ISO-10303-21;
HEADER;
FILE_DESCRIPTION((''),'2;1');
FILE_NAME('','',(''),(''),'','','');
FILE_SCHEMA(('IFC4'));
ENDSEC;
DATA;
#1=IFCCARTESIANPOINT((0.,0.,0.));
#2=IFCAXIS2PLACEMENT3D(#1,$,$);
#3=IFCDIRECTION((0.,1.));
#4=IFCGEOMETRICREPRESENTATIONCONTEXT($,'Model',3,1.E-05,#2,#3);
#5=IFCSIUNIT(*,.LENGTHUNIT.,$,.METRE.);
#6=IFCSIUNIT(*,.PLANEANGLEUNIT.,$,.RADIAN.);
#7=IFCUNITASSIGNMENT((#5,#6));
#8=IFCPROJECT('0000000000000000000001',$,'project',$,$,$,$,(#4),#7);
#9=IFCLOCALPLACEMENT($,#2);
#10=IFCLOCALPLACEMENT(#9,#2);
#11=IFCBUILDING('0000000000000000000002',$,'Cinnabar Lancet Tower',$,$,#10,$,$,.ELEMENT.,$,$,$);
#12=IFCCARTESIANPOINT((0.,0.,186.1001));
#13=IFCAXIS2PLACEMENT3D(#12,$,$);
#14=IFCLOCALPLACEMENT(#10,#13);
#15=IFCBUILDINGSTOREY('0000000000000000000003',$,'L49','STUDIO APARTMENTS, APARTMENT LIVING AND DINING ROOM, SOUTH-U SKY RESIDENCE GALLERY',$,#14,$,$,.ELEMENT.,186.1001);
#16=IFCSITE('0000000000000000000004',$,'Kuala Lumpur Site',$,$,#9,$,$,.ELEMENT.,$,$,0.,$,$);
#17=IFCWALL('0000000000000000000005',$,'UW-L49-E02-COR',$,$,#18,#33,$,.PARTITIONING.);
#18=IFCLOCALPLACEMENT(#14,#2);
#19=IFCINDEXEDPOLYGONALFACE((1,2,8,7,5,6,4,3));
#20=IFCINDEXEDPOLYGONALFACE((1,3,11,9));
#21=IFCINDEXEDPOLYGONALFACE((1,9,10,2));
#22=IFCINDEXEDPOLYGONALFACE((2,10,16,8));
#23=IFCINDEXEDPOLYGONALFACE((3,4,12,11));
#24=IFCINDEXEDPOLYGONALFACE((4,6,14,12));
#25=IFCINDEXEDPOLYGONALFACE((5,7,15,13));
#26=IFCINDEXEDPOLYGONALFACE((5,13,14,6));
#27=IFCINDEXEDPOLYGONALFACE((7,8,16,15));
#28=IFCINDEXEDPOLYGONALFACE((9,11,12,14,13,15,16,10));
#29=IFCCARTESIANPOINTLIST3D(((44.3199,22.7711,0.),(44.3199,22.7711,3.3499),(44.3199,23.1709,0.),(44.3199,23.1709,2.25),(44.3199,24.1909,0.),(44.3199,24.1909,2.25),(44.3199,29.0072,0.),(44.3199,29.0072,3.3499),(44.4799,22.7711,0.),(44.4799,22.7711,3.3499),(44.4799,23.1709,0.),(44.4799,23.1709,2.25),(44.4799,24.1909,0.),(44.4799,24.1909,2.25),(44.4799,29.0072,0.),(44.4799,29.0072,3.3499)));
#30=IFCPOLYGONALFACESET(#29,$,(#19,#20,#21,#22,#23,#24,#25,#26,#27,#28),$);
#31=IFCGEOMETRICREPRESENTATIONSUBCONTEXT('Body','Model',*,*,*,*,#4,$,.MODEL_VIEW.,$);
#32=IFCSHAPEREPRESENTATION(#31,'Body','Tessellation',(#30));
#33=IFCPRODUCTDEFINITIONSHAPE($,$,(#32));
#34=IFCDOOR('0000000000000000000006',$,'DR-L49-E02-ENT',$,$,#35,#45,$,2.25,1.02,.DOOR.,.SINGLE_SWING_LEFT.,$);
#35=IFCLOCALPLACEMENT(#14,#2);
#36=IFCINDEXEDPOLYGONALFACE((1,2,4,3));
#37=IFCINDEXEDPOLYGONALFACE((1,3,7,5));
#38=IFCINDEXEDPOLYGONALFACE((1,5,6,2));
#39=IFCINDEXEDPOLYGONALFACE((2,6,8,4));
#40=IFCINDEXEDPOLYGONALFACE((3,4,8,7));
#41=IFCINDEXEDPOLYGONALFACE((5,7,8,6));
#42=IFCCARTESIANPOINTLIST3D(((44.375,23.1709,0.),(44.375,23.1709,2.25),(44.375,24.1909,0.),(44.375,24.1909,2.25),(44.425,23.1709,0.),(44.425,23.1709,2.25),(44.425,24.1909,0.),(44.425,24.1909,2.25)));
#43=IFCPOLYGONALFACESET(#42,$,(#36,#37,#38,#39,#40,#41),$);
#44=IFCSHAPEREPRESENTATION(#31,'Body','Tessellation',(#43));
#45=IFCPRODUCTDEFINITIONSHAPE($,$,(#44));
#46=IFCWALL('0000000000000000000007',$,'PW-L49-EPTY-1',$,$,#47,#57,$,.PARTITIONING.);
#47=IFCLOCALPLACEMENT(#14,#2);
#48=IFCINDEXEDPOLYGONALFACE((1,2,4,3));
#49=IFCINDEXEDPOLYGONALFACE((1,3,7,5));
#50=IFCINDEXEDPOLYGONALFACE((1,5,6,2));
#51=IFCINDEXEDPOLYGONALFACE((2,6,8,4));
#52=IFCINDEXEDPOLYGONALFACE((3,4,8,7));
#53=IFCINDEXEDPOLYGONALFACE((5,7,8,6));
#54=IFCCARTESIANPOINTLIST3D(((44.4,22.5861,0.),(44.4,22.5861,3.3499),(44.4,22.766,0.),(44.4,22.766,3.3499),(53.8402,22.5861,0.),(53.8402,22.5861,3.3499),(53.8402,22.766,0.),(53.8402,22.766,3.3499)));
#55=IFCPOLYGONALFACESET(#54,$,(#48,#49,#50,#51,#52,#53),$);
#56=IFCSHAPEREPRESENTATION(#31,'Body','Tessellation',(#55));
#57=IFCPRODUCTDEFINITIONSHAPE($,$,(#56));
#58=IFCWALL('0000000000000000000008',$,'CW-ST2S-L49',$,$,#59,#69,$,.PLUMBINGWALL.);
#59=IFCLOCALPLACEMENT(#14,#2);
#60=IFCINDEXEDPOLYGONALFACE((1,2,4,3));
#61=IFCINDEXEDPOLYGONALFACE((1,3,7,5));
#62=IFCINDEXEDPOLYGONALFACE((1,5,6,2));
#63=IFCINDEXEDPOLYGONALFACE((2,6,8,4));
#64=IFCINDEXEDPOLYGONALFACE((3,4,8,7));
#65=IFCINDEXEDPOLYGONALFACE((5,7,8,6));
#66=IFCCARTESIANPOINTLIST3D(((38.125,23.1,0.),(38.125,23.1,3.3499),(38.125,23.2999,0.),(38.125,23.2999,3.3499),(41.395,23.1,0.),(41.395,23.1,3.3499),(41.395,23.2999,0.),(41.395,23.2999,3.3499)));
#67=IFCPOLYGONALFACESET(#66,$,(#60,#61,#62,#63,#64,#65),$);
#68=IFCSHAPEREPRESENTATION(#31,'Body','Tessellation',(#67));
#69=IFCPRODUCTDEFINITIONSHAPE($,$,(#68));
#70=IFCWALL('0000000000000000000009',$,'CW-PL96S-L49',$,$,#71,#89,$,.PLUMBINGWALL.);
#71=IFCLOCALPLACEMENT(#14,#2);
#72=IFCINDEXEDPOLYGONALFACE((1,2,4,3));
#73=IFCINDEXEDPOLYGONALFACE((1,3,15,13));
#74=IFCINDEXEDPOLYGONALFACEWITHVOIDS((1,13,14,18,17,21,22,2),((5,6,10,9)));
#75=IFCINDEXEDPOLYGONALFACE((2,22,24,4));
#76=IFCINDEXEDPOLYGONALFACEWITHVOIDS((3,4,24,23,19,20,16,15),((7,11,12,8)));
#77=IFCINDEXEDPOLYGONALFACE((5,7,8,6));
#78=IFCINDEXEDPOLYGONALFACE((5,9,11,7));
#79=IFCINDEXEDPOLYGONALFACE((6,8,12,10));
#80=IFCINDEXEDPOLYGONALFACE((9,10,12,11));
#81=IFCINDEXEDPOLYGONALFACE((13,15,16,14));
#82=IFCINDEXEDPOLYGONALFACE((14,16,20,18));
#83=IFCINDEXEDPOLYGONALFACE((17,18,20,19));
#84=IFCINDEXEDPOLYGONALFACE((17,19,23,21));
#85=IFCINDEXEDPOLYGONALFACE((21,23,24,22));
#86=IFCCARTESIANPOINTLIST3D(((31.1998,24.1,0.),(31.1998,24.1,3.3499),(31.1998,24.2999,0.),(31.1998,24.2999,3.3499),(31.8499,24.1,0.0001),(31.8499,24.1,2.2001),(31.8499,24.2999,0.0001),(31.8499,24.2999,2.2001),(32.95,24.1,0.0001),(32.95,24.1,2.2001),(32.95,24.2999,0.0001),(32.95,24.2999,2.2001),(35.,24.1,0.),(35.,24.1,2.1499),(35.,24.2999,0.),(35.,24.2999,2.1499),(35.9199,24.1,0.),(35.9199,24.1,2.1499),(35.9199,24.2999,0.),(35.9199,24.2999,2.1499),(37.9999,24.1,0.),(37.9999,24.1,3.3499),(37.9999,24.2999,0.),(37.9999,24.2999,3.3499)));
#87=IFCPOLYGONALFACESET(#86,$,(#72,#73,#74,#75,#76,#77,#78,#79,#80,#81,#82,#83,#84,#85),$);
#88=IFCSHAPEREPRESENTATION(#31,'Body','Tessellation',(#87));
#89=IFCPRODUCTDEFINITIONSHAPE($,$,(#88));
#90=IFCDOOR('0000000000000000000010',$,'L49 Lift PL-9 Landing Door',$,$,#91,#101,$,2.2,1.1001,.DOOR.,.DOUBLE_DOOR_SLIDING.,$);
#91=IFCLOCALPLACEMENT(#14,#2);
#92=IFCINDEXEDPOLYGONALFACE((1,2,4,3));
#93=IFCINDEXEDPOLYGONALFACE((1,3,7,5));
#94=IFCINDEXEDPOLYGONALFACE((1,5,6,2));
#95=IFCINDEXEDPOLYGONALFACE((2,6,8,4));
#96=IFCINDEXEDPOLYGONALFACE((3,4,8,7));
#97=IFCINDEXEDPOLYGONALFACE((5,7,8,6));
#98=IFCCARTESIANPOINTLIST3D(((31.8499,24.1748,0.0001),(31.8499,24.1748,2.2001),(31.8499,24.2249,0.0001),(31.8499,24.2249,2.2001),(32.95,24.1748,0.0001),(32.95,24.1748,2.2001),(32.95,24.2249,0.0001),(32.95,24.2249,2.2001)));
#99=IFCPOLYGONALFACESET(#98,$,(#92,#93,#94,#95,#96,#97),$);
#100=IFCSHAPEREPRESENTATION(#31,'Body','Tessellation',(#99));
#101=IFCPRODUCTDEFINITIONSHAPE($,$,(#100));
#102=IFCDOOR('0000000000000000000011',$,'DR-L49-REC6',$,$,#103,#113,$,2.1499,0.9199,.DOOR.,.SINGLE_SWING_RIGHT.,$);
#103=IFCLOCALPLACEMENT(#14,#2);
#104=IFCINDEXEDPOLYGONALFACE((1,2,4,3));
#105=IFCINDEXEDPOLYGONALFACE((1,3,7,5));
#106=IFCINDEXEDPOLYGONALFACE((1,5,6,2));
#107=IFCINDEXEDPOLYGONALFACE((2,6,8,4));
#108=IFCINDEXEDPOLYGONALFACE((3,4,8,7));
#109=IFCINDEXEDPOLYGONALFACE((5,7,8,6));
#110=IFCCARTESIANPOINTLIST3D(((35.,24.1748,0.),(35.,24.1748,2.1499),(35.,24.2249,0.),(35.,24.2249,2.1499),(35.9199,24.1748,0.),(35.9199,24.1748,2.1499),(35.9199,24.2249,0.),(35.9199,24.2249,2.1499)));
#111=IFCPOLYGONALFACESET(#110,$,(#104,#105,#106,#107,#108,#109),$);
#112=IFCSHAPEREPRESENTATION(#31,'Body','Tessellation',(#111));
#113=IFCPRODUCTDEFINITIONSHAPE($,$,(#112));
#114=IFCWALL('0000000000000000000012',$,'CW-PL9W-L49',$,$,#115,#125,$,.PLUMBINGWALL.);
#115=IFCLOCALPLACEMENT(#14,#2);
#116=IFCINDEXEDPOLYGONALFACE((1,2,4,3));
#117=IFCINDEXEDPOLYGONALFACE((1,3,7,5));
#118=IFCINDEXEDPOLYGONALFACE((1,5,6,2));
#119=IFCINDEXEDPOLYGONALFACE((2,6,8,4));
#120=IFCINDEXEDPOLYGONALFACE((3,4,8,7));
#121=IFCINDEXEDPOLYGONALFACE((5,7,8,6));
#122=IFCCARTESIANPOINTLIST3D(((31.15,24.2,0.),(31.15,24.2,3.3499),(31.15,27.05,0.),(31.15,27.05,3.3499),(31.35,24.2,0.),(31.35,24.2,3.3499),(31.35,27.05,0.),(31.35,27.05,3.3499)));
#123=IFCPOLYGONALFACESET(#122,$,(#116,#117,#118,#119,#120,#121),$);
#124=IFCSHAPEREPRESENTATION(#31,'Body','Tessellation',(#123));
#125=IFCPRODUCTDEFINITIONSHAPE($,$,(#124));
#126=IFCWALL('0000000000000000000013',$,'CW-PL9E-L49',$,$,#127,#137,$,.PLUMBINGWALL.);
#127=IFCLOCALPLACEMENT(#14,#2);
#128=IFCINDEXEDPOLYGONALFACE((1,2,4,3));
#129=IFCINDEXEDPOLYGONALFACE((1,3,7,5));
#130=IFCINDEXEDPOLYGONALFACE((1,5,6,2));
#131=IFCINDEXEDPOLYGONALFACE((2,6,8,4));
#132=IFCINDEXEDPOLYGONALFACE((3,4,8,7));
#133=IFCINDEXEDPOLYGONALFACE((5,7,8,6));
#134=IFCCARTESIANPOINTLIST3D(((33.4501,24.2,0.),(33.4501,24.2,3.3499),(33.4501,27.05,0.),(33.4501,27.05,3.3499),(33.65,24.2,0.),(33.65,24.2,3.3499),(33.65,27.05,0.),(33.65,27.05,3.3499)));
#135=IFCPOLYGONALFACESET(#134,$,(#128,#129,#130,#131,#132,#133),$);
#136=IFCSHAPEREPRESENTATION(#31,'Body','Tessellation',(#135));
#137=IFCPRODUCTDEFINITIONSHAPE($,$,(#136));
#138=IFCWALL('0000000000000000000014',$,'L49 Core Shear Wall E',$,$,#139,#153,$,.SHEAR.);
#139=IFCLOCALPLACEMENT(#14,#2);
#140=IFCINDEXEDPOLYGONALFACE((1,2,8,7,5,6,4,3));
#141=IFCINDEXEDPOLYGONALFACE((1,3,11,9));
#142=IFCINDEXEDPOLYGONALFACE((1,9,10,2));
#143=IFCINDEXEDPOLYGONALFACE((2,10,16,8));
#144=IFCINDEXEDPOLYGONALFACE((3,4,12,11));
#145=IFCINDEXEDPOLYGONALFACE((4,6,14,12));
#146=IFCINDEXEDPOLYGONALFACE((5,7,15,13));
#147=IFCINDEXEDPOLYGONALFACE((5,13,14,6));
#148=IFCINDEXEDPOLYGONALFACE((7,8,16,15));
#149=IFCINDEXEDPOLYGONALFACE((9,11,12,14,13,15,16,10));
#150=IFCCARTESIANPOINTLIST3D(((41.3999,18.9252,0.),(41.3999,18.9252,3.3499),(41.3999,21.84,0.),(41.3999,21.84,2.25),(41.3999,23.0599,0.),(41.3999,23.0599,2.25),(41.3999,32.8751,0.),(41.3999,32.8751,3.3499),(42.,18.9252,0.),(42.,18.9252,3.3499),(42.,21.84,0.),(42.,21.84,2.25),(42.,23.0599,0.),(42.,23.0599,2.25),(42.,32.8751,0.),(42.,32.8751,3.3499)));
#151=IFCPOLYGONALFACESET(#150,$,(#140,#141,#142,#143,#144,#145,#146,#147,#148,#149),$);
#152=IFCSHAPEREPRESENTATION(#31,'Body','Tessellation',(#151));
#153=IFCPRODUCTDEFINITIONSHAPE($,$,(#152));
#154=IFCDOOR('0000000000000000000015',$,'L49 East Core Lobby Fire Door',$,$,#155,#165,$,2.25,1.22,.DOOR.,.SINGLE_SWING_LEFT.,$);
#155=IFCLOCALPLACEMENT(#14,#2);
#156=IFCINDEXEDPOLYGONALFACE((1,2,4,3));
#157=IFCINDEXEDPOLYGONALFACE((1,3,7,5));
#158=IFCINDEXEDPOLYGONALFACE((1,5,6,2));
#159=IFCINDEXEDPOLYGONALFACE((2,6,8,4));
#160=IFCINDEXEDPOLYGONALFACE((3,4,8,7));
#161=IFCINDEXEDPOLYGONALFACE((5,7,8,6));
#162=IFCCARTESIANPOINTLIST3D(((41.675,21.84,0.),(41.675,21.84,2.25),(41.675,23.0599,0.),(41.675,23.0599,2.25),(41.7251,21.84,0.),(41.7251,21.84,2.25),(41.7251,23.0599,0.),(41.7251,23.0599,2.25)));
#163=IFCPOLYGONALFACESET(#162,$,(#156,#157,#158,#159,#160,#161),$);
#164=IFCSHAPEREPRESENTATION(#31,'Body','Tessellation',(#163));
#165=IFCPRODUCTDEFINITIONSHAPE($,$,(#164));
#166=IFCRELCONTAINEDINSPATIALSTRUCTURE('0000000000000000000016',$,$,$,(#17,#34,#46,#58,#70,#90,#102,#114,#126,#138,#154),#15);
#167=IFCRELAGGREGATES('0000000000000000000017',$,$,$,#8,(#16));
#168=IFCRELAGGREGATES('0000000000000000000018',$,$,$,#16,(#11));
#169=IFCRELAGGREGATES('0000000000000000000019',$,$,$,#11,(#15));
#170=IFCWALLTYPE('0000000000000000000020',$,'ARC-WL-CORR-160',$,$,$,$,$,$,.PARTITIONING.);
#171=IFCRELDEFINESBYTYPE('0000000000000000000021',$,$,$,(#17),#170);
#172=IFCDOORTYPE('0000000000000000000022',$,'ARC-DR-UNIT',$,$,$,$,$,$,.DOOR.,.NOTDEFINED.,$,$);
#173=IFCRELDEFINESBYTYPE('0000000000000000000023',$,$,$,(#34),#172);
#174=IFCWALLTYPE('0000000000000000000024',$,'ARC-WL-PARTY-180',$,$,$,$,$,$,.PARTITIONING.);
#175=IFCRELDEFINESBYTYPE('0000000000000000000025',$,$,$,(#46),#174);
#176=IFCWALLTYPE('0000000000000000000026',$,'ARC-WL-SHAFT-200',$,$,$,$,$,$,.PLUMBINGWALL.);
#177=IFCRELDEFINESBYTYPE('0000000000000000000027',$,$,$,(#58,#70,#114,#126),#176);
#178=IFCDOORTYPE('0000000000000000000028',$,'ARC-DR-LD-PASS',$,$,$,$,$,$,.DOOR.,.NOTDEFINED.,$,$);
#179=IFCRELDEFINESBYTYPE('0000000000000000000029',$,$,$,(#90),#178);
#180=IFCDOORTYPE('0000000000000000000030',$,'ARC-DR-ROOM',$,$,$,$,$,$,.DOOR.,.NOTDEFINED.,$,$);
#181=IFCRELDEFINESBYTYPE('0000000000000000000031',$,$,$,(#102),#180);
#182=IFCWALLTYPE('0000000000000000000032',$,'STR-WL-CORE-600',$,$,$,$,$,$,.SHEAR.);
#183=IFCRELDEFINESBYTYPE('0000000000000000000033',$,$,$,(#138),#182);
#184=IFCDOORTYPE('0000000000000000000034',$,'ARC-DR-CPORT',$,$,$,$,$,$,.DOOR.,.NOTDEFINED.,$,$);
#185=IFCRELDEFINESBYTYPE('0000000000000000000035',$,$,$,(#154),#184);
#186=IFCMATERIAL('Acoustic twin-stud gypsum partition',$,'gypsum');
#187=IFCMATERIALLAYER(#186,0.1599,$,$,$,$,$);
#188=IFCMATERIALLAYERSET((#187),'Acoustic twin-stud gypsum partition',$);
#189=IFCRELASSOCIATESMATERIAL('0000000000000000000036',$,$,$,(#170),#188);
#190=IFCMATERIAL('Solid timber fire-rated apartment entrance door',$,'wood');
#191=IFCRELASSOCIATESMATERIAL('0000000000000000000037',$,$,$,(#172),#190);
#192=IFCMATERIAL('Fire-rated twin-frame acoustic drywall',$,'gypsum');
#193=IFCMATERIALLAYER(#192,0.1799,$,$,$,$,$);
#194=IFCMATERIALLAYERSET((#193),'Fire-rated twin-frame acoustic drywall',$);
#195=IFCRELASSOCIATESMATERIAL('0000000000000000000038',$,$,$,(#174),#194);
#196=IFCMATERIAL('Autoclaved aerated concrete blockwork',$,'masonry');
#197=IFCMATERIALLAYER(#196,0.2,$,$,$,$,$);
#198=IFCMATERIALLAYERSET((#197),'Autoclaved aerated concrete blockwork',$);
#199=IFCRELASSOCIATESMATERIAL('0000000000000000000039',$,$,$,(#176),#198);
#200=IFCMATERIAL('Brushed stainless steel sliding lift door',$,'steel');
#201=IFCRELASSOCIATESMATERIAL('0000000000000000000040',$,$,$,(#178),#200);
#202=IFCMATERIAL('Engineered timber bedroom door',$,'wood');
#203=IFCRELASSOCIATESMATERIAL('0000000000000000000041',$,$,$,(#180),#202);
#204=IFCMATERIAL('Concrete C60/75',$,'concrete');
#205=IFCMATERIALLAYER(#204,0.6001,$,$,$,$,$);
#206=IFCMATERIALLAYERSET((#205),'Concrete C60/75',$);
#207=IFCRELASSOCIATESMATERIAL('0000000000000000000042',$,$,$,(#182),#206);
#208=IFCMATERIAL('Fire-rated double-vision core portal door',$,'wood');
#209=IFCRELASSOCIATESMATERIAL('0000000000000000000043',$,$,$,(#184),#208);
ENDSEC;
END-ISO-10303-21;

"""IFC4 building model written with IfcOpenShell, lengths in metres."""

from ifc_helpers import new_model, si_unit, direction, frame, frame_2d, origin, place, context, subcontext, project, spatial, rectangle, extrude, material, layer, layer_set, type_object, element, fill, save


model = new_model("IFC4")

# Units and contexts
model_context = context("Model", 3, precision=1e-05, world=origin(), true_north=direction((0.0, 1.0)))
body_context = subcontext(model_context, "Body", "Model", "MODEL_VIEW")
ifc_project = project(units=[si_unit("LENGTHUNIT", "METRE"), si_unit("PLANEANGLEUNIT", "RADIAN")], contexts=[model_context])

# Site, building, storey
site_placement = place(None, origin())
site = spatial("IfcSite", under=ifc_project, at=site_placement, Name="Kuala Lumpur Site", CompositionType="ELEMENT", RefElevation=0.0)
building_placement = place(site_placement, origin())
building = spatial("IfcBuilding", under=site, at=building_placement, Name="Cinnabar Lancet Tower", CompositionType="ELEMENT")
storey_placement = place(building_placement, frame((0.0, 0.0, 186.1001)))
storey = spatial("IfcBuildingStorey", under=building, at=storey_placement, Name="L49", Description="STUDIO APARTMENTS, APARTMENT LIVING AND DINING ROOM, SOUTH-U SKY RESIDENCE GALLERY", CompositionType="ELEMENT", Elevation=186.1001)

# Shared definitions
ifc_material_1 = material(Name="Acoustic twin-stud gypsum partition", Category="gypsum")
ifc_layer_1 = layer(ifc_material_1, 0.1599)
ifc_layer_set_1 = layer_set([ifc_layer_1], Name="Acoustic twin-stud gypsum partition")
wall_type_1 = type_object("IfcWallType", Name="ARC-WL-CORR-160", PredefinedType="PARTITIONING", material=ifc_layer_set_1)

# Wall, opening, door
ifc_material_2 = material(Name="Solid timber fire-rated apartment entrance door", Category="wood")
door_type_1 = type_object("IfcDoorType", Name="ARC-DR-UNIT", OperationType="NOTDEFINED", PredefinedType="DOOR", material=ifc_material_2)
wall_1_placement = place(storey_placement, frame((44.3999, 22.771, 0.0), z_axis=(0.0, 0.0, 1.0), x_axis=(0.0, 1.0, 0.0)))
wall_1 = element("IfcWall", 1, at=wall_1_placement, inside=storey, type_object=wall_type_1, Name="UW-L49-E02-COR", PredefinedType="PARTITIONING", context=body_context, shape_type="SweptSolid", body=[
    extrude(rectangle(XDim=6.2361, YDim=0.1599, at=frame_2d((3.1182, 0.0))), origin(), (0.0, 0.0, 1.0), 3.3499),
])
opening_1_placement = place(wall_1_placement, frame((0.3999, 0.0, 0.0)))
opening_1 = element("IfcOpeningElement", 2, at=opening_1_placement, cuts=wall_1, PredefinedType="OPENING", context=body_context, shape_type="SweptSolid", body=[
    extrude(rectangle(XDim=1.02, YDim=2.25, at=frame_2d((0.51, 1.125))), frame((0.0, 0.0898, 0.0), z_axis=(0.0, -1.0, 0.0), x_axis=(1.0, 0.0, 0.0)), (0.0, 0.0, 1.0), 0.1799),
])
door_1_placement = place(opening_1_placement, origin())
door_1 = element("IfcDoor", 3, at=door_1_placement, inside=storey, type_object=door_type_1, Name="DR-L49-E02-ENT", OperationType="SINGLE_SWING_LEFT", OverallHeight=2.25, OverallWidth=1.02, PredefinedType="DOOR", context=body_context, shape_type="SweptSolid", body=[
    extrude(rectangle(XDim=1.02, YDim=2.25, at=frame_2d((0.51, 1.125))), frame((0.0, 0.0249, 0.0), z_axis=(0.0, -1.0, 0.0), x_axis=(1.0, 0.0, 0.0)), (0.0, 0.0, 1.0), 0.05),
])
fill(opening_1, door_1)

# Walls
ifc_material_3 = material(Name="Fire-rated twin-frame acoustic drywall", Category="gypsum")
ifc_layer_2 = layer(ifc_material_3, 0.1799)
ifc_layer_set_2 = layer_set([ifc_layer_2], Name="Fire-rated twin-frame acoustic drywall")
wall_type_2 = type_object("IfcWallType", Name="ARC-WL-PARTY-180", PredefinedType="PARTITIONING", material=ifc_layer_set_2)
wall_2_placement = place(storey_placement, frame((44.3999, 22.676, 0.0), z_axis=(0.0, 0.0, 1.0), x_axis=(1.0, 0.0, 0.0)))
element("IfcWall", 4, at=wall_2_placement, inside=storey, type_object=wall_type_2, Name="PW-L49-EPTY-1", PredefinedType="PARTITIONING", context=body_context, shape_type="SweptSolid", body=[
    extrude(rectangle(XDim=9.4402, YDim=0.1799, at=frame_2d((4.7202, 0.0))), origin(), (0.0, 0.0, 1.0), 3.3499),
])
ifc_material_4 = material(Name="Autoclaved aerated concrete blockwork", Category="masonry")
ifc_layer_3 = layer(ifc_material_4, 0.2)
ifc_layer_set_3 = layer_set([ifc_layer_3], Name="Autoclaved aerated concrete blockwork")
wall_type_3 = type_object("IfcWallType", Name="ARC-WL-SHAFT-200", PredefinedType="PLUMBINGWALL", material=ifc_layer_set_3)
wall_3_placement = place(storey_placement, frame((38.125, 23.2, 0.0), z_axis=(0.0, 0.0, 1.0), x_axis=(1.0, 0.0, 0.0)))
element("IfcWall", 5, at=wall_3_placement, inside=storey, type_object=wall_type_3, Name="CW-ST2S-L49", PredefinedType="PLUMBINGWALL", context=body_context, shape_type="SweptSolid", body=[
    extrude(rectangle(XDim=3.27, YDim=0.2, at=frame_2d((1.635, 0.0))), origin(), (0.0, 0.0, 1.0), 3.3499),
])

# Wall, openings, doors
wall_4_placement = place(storey_placement, frame((31.2, 24.2, 0.0), z_axis=(0.0, 0.0, 1.0), x_axis=(1.0, 0.0, 0.0)))
wall_4 = element("IfcWall", 6, at=wall_4_placement, inside=storey, type_object=wall_type_3, Name="CW-PL96S-L49", PredefinedType="PLUMBINGWALL", context=body_context, shape_type="SweptSolid", body=[
    extrude(rectangle(XDim=6.8, YDim=0.2, at=frame_2d((3.3999, 0.0))), origin(), (0.0, 0.0, 1.0), 3.3499),
])
opening_2_placement = place(wall_4_placement, frame((0.6499, 0.0, 0.0)))
opening_2 = element("IfcOpeningElement", 7, at=opening_2_placement, cuts=wall_4, PredefinedType="OPENING", context=body_context, shape_type="SweptSolid", body=[
    extrude(rectangle(XDim=1.1001, YDim=2.2, at=frame_2d((0.55, 1.1001))), frame((0.0, 0.1099, 0.0), z_axis=(0.0, -1.0, 0.0), x_axis=(1.0, 0.0, 0.0)), (0.0, 0.0, 1.0), 0.22),
])
opening_3_placement = place(wall_4_placement, frame((3.8, 0.0, 0.0)))
opening_3 = element("IfcOpeningElement", 8, at=opening_3_placement, cuts=wall_4, PredefinedType="OPENING", context=body_context, shape_type="SweptSolid", body=[
    extrude(rectangle(XDim=0.9199, YDim=2.1499, at=frame_2d((0.46, 1.075))), frame((0.0, 0.1099, 0.0), z_axis=(0.0, -1.0, 0.0), x_axis=(1.0, 0.0, 0.0)), (0.0, 0.0, 1.0), 0.22),
])
ifc_material_5 = material(Name="Brushed stainless steel sliding lift door", Category="steel")
door_type_2 = type_object("IfcDoorType", Name="ARC-DR-LD-PASS", OperationType="NOTDEFINED", PredefinedType="DOOR", material=ifc_material_5)
door_2_placement = place(opening_2_placement, origin())
door_2 = element("IfcDoor", 9, at=door_2_placement, inside=storey, type_object=door_type_2, Name="L49 Lift PL-9 Landing Door", OperationType="DOUBLE_DOOR_SLIDING", OverallHeight=2.2, OverallWidth=1.1001, PredefinedType="DOOR", context=body_context, shape_type="SweptSolid", body=[
    extrude(rectangle(XDim=1.1001, YDim=2.2, at=frame_2d((0.55, 1.1001))), frame((0.0, 0.0249, 0.0), z_axis=(0.0, -1.0, 0.0), x_axis=(1.0, 0.0, 0.0)), (0.0, 0.0, 1.0), 0.05),
])
fill(opening_2, door_2)
ifc_material_6 = material(Name="Engineered timber bedroom door", Category="wood")
door_type_3 = type_object("IfcDoorType", Name="ARC-DR-ROOM", OperationType="NOTDEFINED", PredefinedType="DOOR", material=ifc_material_6)
door_3_placement = place(opening_3_placement, origin())
door_3 = element("IfcDoor", 10, at=door_3_placement, inside=storey, type_object=door_type_3, Name="DR-L49-REC6", OperationType="SINGLE_SWING_RIGHT", OverallHeight=2.1499, OverallWidth=0.9199, PredefinedType="DOOR", context=body_context, shape_type="SweptSolid", body=[
    extrude(rectangle(XDim=0.9199, YDim=2.1499, at=frame_2d((0.46, 1.075))), frame((0.0, 0.0249, 0.0), z_axis=(0.0, -1.0, 0.0), x_axis=(1.0, 0.0, 0.0)), (0.0, 0.0, 1.0), 0.05),
])
fill(opening_3, door_3)

# Walls
for number, where, z_axis, x_axis, name in (
    (11, (31.25, 24.2, 0.0), (0.0, 0.0, 1.0), (0.0, 1.0, 0.0), "CW-PL9W-L49"),
    (12, (33.55, 24.2, 0.0), (0.0, 0.0, 1.0), (0.0, 1.0, 0.0), "CW-PL9E-L49"),
):
    element("IfcWall", number, at=place(storey_placement, frame(where, z_axis=z_axis, x_axis=x_axis)), inside=storey, type_object=wall_type_3, Name=name, PredefinedType="PLUMBINGWALL", context=body_context, shape_type="SweptSolid", body=[
        extrude(rectangle(XDim=2.8501, YDim=0.2, at=frame_2d((1.425, 0.0))), origin(), (0.0, 0.0, 1.0), 3.3499),
    ])

# Wall, opening, door
ifc_material_7 = material(Name="Concrete C60/75", Category="concrete")
ifc_layer_4 = layer(ifc_material_7, 0.6001)
ifc_layer_set_4 = layer_set([ifc_layer_4], Name="Concrete C60/75")
wall_type_4 = type_object("IfcWallType", Name="STR-WL-CORE-600", PredefinedType="SHEAR", material=ifc_layer_set_4)
wall_5_placement = place(storey_placement, frame((41.7, 18.925, 0.0), z_axis=(0.0, 0.0, 1.0), x_axis=(0.0, 1.0, 0.0)))
wall_5 = element("IfcWall", 13, at=wall_5_placement, inside=storey, type_object=wall_type_4, Name="L49 Core Shear Wall E", PredefinedType="SHEAR", context=body_context, shape_type="SweptSolid", body=[
    extrude(rectangle(XDim=13.95, YDim=0.6001, at=frame_2d((6.9751, 0.0))), origin(), (0.0, 0.0, 1.0), 3.3499),
])
opening_4_placement = place(wall_5_placement, frame((2.915, 0.0, 0.0)))
opening_4 = element("IfcOpeningElement", 14, at=opening_4_placement, cuts=wall_5, PredefinedType="OPENING", context=body_context, shape_type="SweptSolid", body=[
    extrude(rectangle(XDim=1.22, YDim=2.25, at=frame_2d((0.6099, 1.125))), frame((0.0, 0.3101, 0.0), z_axis=(0.0, -1.0, 0.0), x_axis=(1.0, 0.0, 0.0)), (0.0, 0.0, 1.0), 0.6201),
])
ifc_material_8 = material(Name="Fire-rated double-vision core portal door", Category="wood")
door_type_4 = type_object("IfcDoorType", Name="ARC-DR-CPORT", OperationType="NOTDEFINED", PredefinedType="DOOR", material=ifc_material_8)
door_4_placement = place(opening_4_placement, origin())
door_4 = element("IfcDoor", 15, at=door_4_placement, inside=storey, type_object=door_type_4, Name="L49 East Core Lobby Fire Door", OperationType="SINGLE_SWING_LEFT", OverallHeight=2.25, OverallWidth=1.22, PredefinedType="DOOR", context=body_context, shape_type="SweptSolid", body=[
    extrude(rectangle(XDim=1.22, YDim=2.25, at=frame_2d((0.6099, 1.125))), frame((0.0, 0.0249, 0.0), z_axis=(0.0, -1.0, 0.0), x_axis=(1.0, 0.0, 0.0)), (0.0, 0.0, 1.0), 0.05),
])
fill(opening_4, door_4)

save(model, "model.ifc")
